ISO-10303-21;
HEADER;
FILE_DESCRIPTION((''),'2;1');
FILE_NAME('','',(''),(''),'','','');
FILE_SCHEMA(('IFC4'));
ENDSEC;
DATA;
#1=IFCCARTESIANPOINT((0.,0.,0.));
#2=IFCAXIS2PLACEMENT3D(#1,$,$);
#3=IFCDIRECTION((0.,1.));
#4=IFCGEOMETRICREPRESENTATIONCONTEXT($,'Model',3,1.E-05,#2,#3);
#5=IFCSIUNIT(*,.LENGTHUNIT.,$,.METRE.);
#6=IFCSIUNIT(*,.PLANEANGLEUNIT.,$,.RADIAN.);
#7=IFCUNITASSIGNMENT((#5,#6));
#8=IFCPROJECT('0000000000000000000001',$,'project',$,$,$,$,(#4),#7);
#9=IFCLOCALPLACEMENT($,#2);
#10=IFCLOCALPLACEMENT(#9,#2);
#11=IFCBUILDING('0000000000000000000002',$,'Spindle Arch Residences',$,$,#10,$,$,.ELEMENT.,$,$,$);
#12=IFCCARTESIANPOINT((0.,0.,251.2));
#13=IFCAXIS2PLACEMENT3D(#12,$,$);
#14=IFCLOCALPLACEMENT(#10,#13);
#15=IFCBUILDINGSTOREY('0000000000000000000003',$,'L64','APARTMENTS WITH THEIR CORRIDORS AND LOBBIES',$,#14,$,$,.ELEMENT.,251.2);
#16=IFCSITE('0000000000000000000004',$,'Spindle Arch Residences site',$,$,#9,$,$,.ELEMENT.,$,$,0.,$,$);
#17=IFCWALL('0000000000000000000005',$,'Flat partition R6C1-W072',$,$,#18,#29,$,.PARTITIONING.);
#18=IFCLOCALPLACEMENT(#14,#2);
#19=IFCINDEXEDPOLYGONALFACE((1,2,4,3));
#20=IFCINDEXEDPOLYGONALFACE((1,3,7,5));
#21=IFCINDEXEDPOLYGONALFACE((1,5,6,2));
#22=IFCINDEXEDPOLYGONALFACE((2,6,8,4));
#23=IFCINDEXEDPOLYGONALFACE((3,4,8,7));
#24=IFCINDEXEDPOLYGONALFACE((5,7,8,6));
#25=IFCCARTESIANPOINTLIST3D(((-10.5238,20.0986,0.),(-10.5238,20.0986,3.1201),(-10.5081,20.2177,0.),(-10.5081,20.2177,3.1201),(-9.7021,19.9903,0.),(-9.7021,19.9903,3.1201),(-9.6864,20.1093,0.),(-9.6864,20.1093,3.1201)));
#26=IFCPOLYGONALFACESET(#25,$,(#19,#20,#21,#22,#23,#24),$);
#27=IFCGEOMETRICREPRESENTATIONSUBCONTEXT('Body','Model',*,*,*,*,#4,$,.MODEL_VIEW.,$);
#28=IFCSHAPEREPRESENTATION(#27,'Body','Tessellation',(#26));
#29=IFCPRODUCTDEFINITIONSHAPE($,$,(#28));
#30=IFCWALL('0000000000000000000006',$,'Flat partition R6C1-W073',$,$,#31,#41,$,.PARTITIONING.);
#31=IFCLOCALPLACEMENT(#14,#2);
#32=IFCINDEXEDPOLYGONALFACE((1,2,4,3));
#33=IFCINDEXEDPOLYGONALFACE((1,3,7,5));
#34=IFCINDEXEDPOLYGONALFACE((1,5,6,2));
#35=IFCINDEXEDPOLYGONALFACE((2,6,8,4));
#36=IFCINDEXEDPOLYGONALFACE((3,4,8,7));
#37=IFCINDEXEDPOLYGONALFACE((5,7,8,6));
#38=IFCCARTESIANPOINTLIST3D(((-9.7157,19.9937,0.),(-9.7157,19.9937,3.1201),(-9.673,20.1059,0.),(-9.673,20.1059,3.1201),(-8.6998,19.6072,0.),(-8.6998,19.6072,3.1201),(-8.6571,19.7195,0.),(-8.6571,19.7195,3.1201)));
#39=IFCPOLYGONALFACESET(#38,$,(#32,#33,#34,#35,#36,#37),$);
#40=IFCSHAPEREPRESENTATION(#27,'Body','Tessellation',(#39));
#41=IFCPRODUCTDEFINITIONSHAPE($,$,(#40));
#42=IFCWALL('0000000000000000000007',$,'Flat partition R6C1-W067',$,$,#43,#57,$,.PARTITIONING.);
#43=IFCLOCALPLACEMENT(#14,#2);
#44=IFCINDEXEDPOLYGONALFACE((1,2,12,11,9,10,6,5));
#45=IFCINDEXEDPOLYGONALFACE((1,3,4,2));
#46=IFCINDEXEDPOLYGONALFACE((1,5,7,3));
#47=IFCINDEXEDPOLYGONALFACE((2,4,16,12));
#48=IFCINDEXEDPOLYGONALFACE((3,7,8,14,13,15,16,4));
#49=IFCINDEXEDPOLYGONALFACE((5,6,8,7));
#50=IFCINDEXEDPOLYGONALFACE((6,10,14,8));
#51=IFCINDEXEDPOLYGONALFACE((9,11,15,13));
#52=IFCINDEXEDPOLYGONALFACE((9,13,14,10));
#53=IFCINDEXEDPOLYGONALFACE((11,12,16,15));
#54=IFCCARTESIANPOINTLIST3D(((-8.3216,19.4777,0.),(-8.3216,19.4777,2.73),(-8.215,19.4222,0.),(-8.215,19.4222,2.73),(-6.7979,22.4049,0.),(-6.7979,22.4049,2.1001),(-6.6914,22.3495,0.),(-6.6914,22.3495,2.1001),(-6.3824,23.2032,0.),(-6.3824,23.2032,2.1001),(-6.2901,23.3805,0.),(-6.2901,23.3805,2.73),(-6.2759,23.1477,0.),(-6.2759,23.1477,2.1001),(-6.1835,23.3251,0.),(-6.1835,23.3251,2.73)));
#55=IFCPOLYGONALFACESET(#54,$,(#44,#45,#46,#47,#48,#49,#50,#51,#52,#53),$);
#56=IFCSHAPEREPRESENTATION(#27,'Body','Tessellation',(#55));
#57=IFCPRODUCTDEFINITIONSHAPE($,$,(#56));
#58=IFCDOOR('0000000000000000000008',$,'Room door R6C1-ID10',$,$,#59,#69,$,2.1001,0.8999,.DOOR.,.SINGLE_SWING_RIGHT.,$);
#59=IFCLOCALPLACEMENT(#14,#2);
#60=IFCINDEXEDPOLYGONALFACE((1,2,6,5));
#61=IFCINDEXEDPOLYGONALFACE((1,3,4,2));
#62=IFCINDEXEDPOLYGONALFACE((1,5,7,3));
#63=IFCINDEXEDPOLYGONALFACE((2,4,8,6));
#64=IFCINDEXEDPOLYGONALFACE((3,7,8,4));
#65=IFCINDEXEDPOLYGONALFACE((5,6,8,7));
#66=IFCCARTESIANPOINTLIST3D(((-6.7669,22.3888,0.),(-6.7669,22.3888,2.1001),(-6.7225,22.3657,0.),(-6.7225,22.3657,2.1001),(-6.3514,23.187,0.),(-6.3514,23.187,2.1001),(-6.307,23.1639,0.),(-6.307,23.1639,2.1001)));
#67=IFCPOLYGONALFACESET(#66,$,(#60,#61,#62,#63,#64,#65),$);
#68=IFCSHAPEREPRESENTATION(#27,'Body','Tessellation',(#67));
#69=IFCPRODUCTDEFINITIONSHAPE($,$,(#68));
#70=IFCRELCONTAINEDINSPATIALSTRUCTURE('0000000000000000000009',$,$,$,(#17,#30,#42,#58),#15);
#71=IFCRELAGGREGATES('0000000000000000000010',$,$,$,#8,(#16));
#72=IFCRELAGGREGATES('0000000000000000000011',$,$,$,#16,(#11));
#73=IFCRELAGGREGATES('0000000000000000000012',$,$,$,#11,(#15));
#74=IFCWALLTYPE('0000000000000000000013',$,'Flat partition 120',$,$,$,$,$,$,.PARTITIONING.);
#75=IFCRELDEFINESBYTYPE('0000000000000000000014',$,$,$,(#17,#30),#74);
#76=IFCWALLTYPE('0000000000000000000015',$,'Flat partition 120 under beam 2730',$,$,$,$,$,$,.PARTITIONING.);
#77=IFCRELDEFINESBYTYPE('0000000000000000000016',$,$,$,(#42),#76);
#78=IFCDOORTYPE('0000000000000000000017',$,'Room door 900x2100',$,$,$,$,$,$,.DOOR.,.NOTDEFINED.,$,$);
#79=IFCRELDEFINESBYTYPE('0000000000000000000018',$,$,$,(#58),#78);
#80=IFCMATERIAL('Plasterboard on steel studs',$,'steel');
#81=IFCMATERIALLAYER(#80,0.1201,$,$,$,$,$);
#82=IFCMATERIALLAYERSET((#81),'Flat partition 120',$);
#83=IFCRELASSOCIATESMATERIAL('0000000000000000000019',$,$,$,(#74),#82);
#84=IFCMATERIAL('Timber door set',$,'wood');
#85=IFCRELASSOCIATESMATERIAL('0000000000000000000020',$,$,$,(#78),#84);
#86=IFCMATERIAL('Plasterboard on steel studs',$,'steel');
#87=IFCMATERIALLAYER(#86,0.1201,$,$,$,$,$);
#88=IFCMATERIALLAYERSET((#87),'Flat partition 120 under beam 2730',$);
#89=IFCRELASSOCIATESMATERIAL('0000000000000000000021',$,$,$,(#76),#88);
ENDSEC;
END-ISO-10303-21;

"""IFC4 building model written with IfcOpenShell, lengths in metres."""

from ifc_helpers import new_model, si_unit, direction, frame, frame_2d, origin, place, context, subcontext, project, spatial, rectangle, extrude, material, layer, layer_set, type_object, element, fill, save


model = new_model("IFC4")

# Units and contexts
model_context = context("Model", 3, precision=1e-05, world=origin(), true_north=direction((0.0, 1.0)))
body_context = subcontext(model_context, "Body", "Model", "MODEL_VIEW")
ifc_project = project(units=[si_unit("LENGTHUNIT", "METRE"), si_unit("PLANEANGLEUNIT", "RADIAN")], contexts=[model_context])

# Site, building, storey
site_placement = place(None, origin())
site = spatial("IfcSite", under=ifc_project, at=site_placement, Name="Spindle Arch Residences site", CompositionType="ELEMENT", RefElevation=0.0)
building_placement = place(site_placement, origin())
building = spatial("IfcBuilding", under=site, at=building_placement, Name="Spindle Arch Residences", CompositionType="ELEMENT")
storey_placement = place(building_placement, frame((0.0, 0.0, 251.2)))
storey = spatial("IfcBuildingStorey", under=building, at=storey_placement, Name="L64", Description="APARTMENTS WITH THEIR CORRIDORS AND LOBBIES", CompositionType="ELEMENT", Elevation=251.2)

# Shared definitions
ifc_material_1 = material(Name="Plasterboard on steel studs", Category="steel")
ifc_layer_1 = layer(ifc_material_1, 0.1201)
ifc_layer_set_1 = layer_set([ifc_layer_1], Name="Flat partition 120")
wall_type_1 = type_object("IfcWallType", Name="Flat partition 120", PredefinedType="PARTITIONING", material=ifc_layer_set_1)

# Shared definitions
ifc_material_2 = material(Name="Timber door set", Category="wood")
door_type = type_object("IfcDoorType", Name="Room door 900x2100", OperationType="NOTDEFINED", PredefinedType="DOOR", material=ifc_material_2)

# Walls
for number, where, z_axis, x_axis, name in (
    (1, (-10.5161, 20.1582, 0.0), (0.0, 0.0, 1.0), (0.991412, -0.130775, 0.0), "Flat partition R6C1-W072"),
):
    element("IfcWall", number, at=place(storey_placement, frame(where, z_axis=z_axis, x_axis=x_axis)), inside=storey, type_object=wall_type_1, Name=name, PredefinedType="PARTITIONING", context=body_context, shape_type="SweptSolid", body=[
        extrude(rectangle(XDim=0.8289, YDim=0.1201, at=frame_2d((0.4146, 0.0))), origin(), (0.0, 0.0, 1.0), 3.1201),
    ])
wall_1_placement = place(storey_placement, frame((-9.6943, 20.0498, 0.0), z_axis=(0.0, 0.0, 1.0), x_axis=(0.934648, -0.355575, 0.0)))
element("IfcWall", 2, at=wall_1_placement, inside=storey, type_object=wall_type_1, Name="Flat partition R6C1-W073", PredefinedType="PARTITIONING", context=body_context, shape_type="SweptSolid", body=[
    extrude(rectangle(XDim=1.0869, YDim=0.1201, at=frame_2d((0.5435, 0.0))), origin(), (0.0, 0.0, 1.0), 3.1201),
])

# Wall, opening, door
ifc_material_3 = material(Name="Plasterboard on steel studs", Category="steel")
ifc_layer_2 = layer(ifc_material_3, 0.1201)
ifc_layer_set_2 = layer_set([ifc_layer_2], Name="Flat partition 120 under beam 2730")
wall_type_2 = type_object("IfcWallType", Name="Flat partition 120 under beam 2730", PredefinedType="PARTITIONING", material=ifc_layer_set_2)
wall_2_placement = place(storey_placement, frame((-6.2368, 23.3528, 0.0), z_axis=(0.0, 0.0, 1.0), x_axis=(-0.461714, -0.887029, 0.0)))
wall_2 = element("IfcWall", 3, at=wall_2_placement, inside=storey, type_object=wall_type_2, Name="Flat partition R6C1-W067", PredefinedType="PARTITIONING", context=body_context, shape_type="SweptSolid", body=[
    extrude(rectangle(XDim=4.3999, YDim=0.1201, at=frame_2d((2.2, 0.0))), origin(), (0.0, 0.0, 1.0), 2.73),
])
opening_1_placement = place(wall_2_placement, frame((0.2, 0.0, 0.0)))
opening_1 = element("IfcOpeningElement", 4, at=opening_1_placement, cuts=wall_2, PredefinedType="OPENING", context=body_context, shape_type="SweptSolid", body=[
    extrude(rectangle(XDim=0.8999, YDim=2.1001, at=frame_2d((0.45, 1.05))), frame((0.0, 0.0701, 0.0), z_axis=(0.0, -1.0, 0.0), x_axis=(1.0, 0.0, 0.0)), (0.0, 0.0, 1.0), 0.1401),
])
door_1_placement = place(opening_1_placement, origin())
door_1 = element("IfcDoor", 5, at=door_1_placement, inside=storey, type_object=door_type, Name="Room door R6C1-ID10", OperationType="SINGLE_SWING_RIGHT", OverallHeight=2.1001, OverallWidth=0.8999, PredefinedType="DOOR", context=body_context, shape_type="SweptSolid", body=[
    extrude(rectangle(XDim=0.8999, YDim=2.1001, at=frame_2d((0.45, 1.05))), frame((0.0, 0.0249, 0.0), z_axis=(0.0, -1.0, 0.0), x_axis=(1.0, 0.0, 0.0)), (0.0, 0.0, 1.0), 0.05),
])
fill(opening_1, door_1)

save(model, "model.ifc")
